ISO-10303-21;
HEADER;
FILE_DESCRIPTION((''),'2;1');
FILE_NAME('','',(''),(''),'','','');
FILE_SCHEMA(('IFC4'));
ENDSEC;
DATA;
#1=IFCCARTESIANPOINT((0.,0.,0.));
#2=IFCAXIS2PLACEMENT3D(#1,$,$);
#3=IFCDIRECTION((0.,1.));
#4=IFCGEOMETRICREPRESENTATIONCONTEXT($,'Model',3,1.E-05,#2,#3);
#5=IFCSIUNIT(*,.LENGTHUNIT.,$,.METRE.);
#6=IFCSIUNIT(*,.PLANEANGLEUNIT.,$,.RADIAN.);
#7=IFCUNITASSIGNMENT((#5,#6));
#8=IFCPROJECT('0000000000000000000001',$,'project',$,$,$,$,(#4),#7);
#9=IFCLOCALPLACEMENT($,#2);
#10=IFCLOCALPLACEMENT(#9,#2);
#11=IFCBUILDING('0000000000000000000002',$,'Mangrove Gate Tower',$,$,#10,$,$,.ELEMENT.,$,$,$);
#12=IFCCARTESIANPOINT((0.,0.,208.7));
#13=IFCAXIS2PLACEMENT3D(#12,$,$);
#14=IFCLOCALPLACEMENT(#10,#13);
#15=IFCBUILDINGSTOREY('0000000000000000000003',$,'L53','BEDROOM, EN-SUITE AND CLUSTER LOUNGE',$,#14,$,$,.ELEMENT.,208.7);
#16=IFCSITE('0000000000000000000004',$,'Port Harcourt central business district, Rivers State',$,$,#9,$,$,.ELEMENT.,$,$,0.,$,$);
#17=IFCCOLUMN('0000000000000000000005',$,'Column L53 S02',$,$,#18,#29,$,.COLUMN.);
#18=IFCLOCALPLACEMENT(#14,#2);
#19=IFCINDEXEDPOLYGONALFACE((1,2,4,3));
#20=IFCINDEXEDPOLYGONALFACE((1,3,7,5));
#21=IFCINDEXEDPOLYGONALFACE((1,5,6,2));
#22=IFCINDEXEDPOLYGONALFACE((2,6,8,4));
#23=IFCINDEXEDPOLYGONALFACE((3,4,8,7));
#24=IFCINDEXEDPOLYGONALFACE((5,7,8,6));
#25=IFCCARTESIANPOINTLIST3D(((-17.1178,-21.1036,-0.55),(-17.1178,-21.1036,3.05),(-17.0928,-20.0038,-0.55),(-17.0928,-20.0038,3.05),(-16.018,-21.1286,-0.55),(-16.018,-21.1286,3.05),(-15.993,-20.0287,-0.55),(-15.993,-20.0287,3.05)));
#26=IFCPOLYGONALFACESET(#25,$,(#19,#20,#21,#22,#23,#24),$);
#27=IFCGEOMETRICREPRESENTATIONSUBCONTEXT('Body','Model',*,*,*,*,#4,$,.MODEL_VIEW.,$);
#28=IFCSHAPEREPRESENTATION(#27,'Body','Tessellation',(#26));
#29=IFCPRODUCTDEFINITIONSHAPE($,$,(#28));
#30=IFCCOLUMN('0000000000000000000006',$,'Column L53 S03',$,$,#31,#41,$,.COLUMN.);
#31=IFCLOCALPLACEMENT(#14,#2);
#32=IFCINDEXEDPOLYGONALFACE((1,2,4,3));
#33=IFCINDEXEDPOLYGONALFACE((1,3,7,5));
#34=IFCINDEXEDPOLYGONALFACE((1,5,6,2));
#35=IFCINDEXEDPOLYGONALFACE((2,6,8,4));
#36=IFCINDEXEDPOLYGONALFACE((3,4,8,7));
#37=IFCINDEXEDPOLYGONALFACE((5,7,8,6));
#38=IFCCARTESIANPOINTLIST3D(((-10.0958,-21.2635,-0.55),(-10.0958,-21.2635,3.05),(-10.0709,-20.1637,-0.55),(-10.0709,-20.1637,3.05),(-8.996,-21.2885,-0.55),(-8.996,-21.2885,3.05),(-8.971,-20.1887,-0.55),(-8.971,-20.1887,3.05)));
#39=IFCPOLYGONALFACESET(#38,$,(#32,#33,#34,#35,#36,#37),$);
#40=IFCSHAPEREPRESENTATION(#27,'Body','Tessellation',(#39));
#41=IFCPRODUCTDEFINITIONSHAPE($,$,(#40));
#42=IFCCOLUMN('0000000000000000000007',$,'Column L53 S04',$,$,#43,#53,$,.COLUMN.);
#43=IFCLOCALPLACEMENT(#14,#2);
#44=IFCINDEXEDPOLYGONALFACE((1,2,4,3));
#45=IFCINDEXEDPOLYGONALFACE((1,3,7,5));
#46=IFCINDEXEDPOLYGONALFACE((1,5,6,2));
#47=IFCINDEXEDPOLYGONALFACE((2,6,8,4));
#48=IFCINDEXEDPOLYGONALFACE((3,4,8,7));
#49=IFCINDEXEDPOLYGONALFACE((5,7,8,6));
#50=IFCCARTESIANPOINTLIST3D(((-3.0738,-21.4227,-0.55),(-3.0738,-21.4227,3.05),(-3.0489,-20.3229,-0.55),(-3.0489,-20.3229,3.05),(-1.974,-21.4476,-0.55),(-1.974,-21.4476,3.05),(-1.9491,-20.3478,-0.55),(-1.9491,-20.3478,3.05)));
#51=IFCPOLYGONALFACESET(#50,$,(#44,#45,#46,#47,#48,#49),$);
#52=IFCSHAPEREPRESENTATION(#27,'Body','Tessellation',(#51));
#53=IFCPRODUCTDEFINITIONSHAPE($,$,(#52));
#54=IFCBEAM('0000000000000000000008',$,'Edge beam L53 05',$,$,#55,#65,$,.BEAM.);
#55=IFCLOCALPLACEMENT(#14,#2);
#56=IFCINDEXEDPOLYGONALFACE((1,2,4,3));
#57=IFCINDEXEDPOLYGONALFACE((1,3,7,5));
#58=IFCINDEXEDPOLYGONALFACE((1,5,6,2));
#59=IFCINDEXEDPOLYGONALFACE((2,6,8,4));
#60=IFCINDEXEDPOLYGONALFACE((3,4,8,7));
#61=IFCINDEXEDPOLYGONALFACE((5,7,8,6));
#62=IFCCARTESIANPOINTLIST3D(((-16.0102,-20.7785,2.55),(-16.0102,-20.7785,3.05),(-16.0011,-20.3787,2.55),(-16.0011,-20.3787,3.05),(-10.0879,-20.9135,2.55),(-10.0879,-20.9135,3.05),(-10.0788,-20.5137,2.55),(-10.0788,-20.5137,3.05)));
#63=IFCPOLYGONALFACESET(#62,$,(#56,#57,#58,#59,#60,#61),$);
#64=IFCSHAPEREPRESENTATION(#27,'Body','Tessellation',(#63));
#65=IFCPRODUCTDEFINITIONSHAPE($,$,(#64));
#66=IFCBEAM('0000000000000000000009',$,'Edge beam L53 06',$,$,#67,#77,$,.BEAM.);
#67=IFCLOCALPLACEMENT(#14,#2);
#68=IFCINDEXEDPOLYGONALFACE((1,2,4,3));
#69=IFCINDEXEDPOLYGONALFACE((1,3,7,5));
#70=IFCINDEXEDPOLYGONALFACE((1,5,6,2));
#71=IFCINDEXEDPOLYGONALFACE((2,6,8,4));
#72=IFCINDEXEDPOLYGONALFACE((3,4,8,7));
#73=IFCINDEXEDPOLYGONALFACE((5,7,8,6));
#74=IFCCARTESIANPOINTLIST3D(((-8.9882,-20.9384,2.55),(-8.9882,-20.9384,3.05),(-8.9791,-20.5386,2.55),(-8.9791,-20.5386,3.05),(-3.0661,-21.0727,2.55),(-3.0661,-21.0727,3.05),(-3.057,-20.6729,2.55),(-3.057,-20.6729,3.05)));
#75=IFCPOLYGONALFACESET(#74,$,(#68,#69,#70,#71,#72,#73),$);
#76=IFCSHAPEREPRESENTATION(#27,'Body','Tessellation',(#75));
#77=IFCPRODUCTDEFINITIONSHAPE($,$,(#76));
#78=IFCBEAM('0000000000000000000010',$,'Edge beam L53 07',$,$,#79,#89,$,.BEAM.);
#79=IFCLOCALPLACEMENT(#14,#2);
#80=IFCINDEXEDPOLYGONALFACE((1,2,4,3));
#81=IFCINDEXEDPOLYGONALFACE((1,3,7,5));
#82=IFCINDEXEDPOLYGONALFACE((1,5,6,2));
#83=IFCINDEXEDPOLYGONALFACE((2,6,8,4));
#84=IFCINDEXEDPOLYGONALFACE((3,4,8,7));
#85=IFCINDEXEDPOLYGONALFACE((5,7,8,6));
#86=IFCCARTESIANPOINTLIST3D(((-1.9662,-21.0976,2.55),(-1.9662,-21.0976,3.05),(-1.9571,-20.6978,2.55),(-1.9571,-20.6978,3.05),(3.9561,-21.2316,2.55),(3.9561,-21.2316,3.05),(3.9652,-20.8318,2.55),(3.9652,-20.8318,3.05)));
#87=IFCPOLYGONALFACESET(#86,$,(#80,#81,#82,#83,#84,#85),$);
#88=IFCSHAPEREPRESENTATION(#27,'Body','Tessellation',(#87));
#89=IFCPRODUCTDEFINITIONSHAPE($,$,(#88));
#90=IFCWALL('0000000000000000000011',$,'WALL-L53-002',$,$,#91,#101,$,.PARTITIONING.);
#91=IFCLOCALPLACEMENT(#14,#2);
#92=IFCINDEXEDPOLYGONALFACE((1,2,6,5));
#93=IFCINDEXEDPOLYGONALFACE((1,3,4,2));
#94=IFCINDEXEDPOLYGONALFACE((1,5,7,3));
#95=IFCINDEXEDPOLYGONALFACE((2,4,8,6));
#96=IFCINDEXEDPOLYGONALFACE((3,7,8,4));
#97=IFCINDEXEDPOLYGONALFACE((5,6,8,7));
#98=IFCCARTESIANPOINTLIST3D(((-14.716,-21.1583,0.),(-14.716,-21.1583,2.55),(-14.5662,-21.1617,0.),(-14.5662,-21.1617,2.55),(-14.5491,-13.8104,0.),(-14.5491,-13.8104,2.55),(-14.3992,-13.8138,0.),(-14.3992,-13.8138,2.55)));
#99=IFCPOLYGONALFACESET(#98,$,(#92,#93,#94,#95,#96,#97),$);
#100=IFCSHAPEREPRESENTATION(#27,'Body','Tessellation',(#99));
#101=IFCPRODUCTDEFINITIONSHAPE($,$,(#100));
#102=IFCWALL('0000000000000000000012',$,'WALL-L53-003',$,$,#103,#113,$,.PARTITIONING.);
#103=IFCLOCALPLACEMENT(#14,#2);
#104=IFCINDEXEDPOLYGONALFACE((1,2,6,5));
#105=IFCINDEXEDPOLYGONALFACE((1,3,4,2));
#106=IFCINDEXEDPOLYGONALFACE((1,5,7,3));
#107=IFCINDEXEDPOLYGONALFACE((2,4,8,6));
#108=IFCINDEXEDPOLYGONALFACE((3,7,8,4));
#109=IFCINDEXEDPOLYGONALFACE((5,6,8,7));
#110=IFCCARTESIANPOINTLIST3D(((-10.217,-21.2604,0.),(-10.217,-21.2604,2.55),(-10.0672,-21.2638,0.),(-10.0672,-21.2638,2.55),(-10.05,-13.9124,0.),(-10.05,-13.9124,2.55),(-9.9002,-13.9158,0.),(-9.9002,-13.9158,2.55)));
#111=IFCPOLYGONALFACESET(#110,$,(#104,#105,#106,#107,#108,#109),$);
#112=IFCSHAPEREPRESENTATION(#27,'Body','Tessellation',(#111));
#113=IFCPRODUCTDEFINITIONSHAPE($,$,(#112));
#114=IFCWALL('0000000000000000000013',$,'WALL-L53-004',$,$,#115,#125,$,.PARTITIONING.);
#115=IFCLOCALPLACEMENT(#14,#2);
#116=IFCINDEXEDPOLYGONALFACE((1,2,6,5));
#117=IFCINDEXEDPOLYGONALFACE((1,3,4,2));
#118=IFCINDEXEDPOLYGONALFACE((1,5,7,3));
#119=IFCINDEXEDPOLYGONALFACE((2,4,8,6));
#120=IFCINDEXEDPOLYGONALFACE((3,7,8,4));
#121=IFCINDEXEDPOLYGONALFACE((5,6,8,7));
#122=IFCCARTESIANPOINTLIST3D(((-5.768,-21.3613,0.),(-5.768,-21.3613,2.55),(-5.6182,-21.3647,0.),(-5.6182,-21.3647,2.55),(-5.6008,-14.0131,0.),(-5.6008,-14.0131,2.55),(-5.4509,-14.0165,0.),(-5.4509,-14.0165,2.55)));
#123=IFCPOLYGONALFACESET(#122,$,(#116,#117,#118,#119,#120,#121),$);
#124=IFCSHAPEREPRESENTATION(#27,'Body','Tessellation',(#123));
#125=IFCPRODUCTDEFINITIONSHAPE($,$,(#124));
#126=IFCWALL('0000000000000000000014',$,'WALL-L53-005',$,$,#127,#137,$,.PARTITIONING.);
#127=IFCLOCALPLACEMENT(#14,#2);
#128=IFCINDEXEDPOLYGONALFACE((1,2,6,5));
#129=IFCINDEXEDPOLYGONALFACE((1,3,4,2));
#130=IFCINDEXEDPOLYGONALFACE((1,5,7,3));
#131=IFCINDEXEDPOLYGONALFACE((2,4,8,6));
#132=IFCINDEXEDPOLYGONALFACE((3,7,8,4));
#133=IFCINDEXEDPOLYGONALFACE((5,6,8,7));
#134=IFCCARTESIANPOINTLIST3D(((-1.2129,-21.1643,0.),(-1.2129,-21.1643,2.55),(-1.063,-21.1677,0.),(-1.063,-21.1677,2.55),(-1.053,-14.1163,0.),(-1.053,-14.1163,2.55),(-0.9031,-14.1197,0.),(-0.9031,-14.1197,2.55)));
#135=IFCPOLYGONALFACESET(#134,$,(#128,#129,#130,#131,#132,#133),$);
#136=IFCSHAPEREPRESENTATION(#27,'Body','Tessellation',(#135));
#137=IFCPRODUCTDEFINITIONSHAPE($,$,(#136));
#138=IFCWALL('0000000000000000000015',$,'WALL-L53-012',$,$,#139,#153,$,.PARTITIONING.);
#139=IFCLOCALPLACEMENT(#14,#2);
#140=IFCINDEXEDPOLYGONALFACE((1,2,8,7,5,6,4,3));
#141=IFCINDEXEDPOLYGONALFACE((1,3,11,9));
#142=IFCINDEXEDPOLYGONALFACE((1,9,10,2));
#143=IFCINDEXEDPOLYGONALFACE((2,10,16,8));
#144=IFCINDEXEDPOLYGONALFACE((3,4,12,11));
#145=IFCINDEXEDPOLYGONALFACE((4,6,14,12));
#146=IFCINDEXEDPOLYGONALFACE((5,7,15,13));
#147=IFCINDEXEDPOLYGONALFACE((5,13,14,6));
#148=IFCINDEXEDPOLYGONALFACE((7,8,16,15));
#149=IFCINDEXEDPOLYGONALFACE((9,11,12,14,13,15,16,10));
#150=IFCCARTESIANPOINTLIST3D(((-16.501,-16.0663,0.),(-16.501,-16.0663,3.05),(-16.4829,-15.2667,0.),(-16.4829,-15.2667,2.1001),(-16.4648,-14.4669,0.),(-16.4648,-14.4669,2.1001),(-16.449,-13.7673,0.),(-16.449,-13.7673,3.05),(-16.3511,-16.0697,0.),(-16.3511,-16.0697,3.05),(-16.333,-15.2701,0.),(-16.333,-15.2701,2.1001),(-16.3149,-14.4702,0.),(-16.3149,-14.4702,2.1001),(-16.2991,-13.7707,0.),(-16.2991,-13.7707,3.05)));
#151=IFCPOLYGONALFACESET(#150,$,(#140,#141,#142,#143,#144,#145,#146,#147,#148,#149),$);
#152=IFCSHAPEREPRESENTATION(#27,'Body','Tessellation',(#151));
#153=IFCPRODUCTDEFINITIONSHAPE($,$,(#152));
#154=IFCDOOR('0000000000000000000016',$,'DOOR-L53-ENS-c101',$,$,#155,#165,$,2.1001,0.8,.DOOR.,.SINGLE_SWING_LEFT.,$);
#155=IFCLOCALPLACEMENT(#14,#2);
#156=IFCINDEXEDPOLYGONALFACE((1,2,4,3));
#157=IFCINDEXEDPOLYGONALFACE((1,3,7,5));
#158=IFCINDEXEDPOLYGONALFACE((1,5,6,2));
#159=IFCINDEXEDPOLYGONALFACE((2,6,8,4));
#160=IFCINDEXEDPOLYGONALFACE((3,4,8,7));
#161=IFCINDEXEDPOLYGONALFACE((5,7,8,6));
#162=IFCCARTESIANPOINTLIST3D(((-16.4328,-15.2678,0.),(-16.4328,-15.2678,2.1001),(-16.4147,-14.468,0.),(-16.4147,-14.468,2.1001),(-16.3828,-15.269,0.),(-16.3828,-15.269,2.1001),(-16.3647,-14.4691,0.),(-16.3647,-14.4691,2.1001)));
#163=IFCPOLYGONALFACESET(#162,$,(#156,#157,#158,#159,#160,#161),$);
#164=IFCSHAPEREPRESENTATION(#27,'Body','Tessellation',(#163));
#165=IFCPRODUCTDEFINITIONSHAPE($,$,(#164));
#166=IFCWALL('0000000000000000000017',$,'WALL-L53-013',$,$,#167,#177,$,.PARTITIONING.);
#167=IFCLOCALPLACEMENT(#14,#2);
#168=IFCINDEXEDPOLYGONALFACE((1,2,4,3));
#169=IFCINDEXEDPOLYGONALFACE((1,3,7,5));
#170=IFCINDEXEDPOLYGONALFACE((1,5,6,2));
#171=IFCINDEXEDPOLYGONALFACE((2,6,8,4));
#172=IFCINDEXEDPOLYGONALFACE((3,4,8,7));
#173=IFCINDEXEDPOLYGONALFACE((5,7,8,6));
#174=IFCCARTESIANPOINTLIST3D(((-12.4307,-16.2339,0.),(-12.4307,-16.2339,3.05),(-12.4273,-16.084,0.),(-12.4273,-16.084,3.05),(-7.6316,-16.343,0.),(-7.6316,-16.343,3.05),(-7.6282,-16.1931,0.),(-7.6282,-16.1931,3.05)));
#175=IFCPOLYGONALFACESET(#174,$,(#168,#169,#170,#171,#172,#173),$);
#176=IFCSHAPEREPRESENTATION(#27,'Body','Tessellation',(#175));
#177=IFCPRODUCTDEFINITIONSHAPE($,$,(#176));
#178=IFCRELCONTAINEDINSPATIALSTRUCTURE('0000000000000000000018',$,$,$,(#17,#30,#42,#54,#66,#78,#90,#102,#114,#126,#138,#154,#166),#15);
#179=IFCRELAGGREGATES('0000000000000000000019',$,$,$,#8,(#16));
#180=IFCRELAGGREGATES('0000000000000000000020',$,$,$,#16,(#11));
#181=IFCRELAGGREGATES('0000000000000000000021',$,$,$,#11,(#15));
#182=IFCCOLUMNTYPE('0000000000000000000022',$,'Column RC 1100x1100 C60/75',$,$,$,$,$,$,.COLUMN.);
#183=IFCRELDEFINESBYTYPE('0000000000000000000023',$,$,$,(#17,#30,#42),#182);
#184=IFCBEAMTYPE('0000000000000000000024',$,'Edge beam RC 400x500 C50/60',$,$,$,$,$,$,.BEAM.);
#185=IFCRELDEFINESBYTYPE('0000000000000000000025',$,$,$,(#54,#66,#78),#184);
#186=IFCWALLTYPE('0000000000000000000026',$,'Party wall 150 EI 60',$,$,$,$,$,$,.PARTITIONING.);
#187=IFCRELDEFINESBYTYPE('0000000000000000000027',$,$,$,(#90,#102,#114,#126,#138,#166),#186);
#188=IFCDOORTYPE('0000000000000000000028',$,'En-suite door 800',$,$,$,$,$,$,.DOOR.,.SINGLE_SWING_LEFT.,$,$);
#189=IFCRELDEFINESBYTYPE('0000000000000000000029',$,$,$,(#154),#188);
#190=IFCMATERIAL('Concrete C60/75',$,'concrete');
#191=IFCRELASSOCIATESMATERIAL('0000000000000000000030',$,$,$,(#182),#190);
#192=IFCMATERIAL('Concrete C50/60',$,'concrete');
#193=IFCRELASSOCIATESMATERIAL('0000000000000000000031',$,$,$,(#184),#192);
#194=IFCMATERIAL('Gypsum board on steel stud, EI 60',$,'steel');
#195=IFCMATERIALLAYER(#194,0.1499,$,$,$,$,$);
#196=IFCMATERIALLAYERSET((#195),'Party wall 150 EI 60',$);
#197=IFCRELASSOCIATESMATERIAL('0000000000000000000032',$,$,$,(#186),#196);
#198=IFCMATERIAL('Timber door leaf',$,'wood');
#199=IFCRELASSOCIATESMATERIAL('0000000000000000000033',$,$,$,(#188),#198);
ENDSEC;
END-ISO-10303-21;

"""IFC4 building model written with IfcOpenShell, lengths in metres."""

from ifc_helpers import new_model, si_unit, direction, frame, frame_2d, origin, origin_2d, place, context, subcontext, project, spatial, rectangle, extrude, material, layer, layer_set, material_profile, profile_set, type_object, element, fill, save


model = new_model("IFC4")

# Units and contexts
model_context = context("Model", 3, precision=1e-05, world=origin(), true_north=direction((0.0, 1.0)))
body_context = subcontext(model_context, "Body", "Model", "MODEL_VIEW")
ifc_project = project(units=[si_unit("LENGTHUNIT", "METRE"), si_unit("PLANEANGLEUNIT", "RADIAN")], contexts=[model_context])

# Site, building, storey
site_placement = place(None, origin())
site = spatial("IfcSite", under=ifc_project, at=site_placement, Name="Port Harcourt central business district, Rivers State", CompositionType="ELEMENT", RefElevation=0.0)
building_placement = place(site_placement, origin())
building = spatial("IfcBuilding", under=site, at=building_placement, Name="Mangrove Gate Tower", CompositionType="ELEMENT")
storey_placement = place(building_placement, frame((0.0, 0.0, 208.7)))
storey = spatial("IfcBuildingStorey", under=building, at=storey_placement, Name="L53", Description="BEDROOM, EN-SUITE AND CLUSTER LOUNGE", CompositionType="ELEMENT", Elevation=208.7)

# Columns
ifc_material_1 = material(Name="Concrete C60/75", Category="concrete")
ifc_material_profile_1 = material_profile(ifc_material_1, rectangle(XDim=1.1001, YDim=1.1001, at=origin_2d()))
ifc_profile_set_1 = profile_set([ifc_material_profile_1], Name="Concrete C60/75")
column_type = type_object("IfcColumnType", Name="Column RC 1100x1100 C60/75", PredefinedType="COLUMN", material=ifc_profile_set_1)
for number, where, z_axis, x_axis, name in (
    (1, (-16.5554, -20.5662, -0.55), (0.0, 0.0, 1.0), (0.999742, -0.022707, 0.0), "Column L53 S02"),
    (2, (-9.5334, -20.7261, -0.55), (0.0, 0.0, 1.0), (0.999742, -0.022708, 0.0), "Column L53 S03"),
    (3, (-2.5115, -20.8853, -0.55), (0.0, 0.0, 1.0), (0.999744, -0.022637, 0.0), "Column L53 S04"),
):
    element("IfcColumn", number, at=place(storey_placement, frame(where, z_axis=z_axis, x_axis=x_axis)), inside=storey, type_object=column_type, Name=name, PredefinedType="COLUMN", context=body_context, shape_type="SweptSolid", body=[
        extrude(rectangle(XDim=1.1001, YDim=1.1001, at=origin_2d()), origin(), (0.0, 0.0, 1.0), 3.6001),
    ])

# Beams
ifc_material_2 = material(Name="Concrete C50/60", Category="concrete")
ifc_material_profile_2 = material_profile(ifc_material_2, rectangle(XDim=0.3999, YDim=0.5, at=origin_2d()))
ifc_profile_set_2 = profile_set([ifc_material_profile_2], Name="Concrete C50/60")
beam_type = type_object("IfcBeamType", Name="Edge beam RC 400x500 C50/60", PredefinedType="BEAM", material=ifc_profile_set_2)
beam_1_placement = place(storey_placement, frame((-16.0056, -20.5786, 2.8), z_axis=(0.99974, -0.022791, 0.0), x_axis=(0.022791, 0.99974, 0.0)))
element("IfcBeam", 4, at=beam_1_placement, inside=storey, type_object=beam_type, Name="Edge beam L53 05", PredefinedType="BEAM", context=body_context, shape_type="SweptSolid", body=[
    extrude(rectangle(XDim=0.3999, YDim=0.5, at=origin_2d()), origin(), (0.0, 0.0, 1.0), 5.9238),
])
beam_2_placement = place(storey_placement, frame((-8.9836, -20.7385, 2.8), z_axis=(0.999743, -0.022668, 0.0), x_axis=(0.022668, 0.999743, 0.0)))
element("IfcBeam", 5, at=beam_2_placement, inside=storey, type_object=beam_type, Name="Edge beam L53 06", PredefinedType="BEAM", context=body_context, shape_type="SweptSolid", body=[
    extrude(rectangle(XDim=0.3999, YDim=0.5, at=origin_2d()), origin(), (0.0, 0.0, 1.0), 5.9236),
])
beam_3_placement = place(storey_placement, frame((-1.9617, -20.8977, 2.8), z_axis=(0.999744, -0.022626, 0.0), x_axis=(0.022626, 0.999744, 0.0)))
element("IfcBeam", 6, at=beam_3_placement, inside=storey, type_object=beam_type, Name="Edge beam L53 07", PredefinedType="BEAM", context=body_context, shape_type="SweptSolid", body=[
    extrude(rectangle(XDim=0.3999, YDim=0.5, at=origin_2d()), origin(), (0.0, 0.0, 1.0), 5.9238),
])

# Walls
ifc_material_3 = material(Name="Gypsum board on steel stud, EI 60", Category="steel")
ifc_layer = layer(ifc_material_3, 0.1499)
ifc_layer_set = layer_set([ifc_layer], Name="Party wall 150 EI 60")
wall_type = type_object("IfcWallType", Name="Party wall 150 EI 60", PredefinedType="PARTITIONING", material=ifc_layer_set)
for number, where, z_axis, x_axis, name in (
    (7, (-14.6411, -21.1599, 0.0), (0.0, 0.0, 1.0), (0.022721, 0.999742, 0.0), "WALL-L53-002"),
    (8, (-10.1421, -21.262, 0.0), (0.0, 0.0, 1.0), (0.022721, 0.999742, 0.0), "WALL-L53-003"),
):
    element("IfcWall", number, at=place(storey_placement, frame(where, z_axis=z_axis, x_axis=x_axis)), inside=storey, type_object=wall_type, Name=name, PredefinedType="PARTITIONING", context=body_context, shape_type="SweptSolid", body=[
        extrude(rectangle(XDim=7.3499, YDim=0.1499, at=frame_2d((3.6748, 0.0))), origin(), (0.0, 0.0, 1.0), 2.55),
    ])
wall_1_placement = place(storey_placement, frame((-5.6931, -21.363, 0.0), z_axis=(0.0, 0.0, 1.0), x_axis=(0.022753, 0.999741, 0.0)))
element("IfcWall", 9, at=wall_1_placement, inside=storey, type_object=wall_type, Name="WALL-L53-004", PredefinedType="PARTITIONING", context=body_context, shape_type="SweptSolid", body=[
    extrude(rectangle(XDim=7.3501, YDim=0.1499, at=frame_2d((3.675, 0.0))), origin(), (0.0, 0.0, 1.0), 2.55),
])
wall_2_placement = place(storey_placement, frame((-1.1379, -21.166, 0.0), z_axis=(0.0, 0.0, 1.0), x_axis=(0.022683, 0.999743, 0.0)))
element("IfcWall", 10, at=wall_2_placement, inside=storey, type_object=wall_type, Name="WALL-L53-005", PredefinedType="PARTITIONING", context=body_context, shape_type="SweptSolid", body=[
    extrude(rectangle(XDim=7.0498, YDim=0.1499, at=frame_2d((3.5249, 0.0))), origin(), (0.0, 0.0, 1.0), 2.55),
])

# Wall, opening, door
wall_3_placement = place(storey_placement, frame((-16.426, -16.0681, 0.0), z_axis=(0.0, 0.0, 1.0), x_axis=(0.022613, 0.999744, 0.0)))
wall_3 = element("IfcWall", 11, at=wall_3_placement, inside=storey, type_object=wall_type, Name="WALL-L53-012", PredefinedType="PARTITIONING", context=body_context, shape_type="SweptSolid", body=[
    extrude(rectangle(XDim=2.2996, YDim=0.1499, at=frame_2d((1.1499, 0.0))), origin(), (0.0, 0.0, 1.0), 3.05),
])
opening_1_placement = place(wall_3_placement, frame((0.8, 0.0, 0.0)))
opening_1 = element("IfcOpeningElement", 12, at=opening_1_placement, cuts=wall_3, PredefinedType="OPENING", context=body_context, shape_type="SweptSolid", body=[
    extrude(rectangle(XDim=0.8, YDim=2.1001, at=frame_2d((0.3999, 1.05))), frame((0.0, 0.085, 0.0), z_axis=(0.0, -1.0, 0.0), x_axis=(1.0, 0.0, 0.0)), (0.0, 0.0, 1.0), 0.1699),
])
ifc_material_4 = material(Name="Timber door leaf", Category="wood")
door_type = type_object("IfcDoorType", Name="En-suite door 800", OperationType="SINGLE_SWING_LEFT", PredefinedType="DOOR", material=ifc_material_4)
door_1_placement = place(opening_1_placement, origin())
door_1 = element("IfcDoor", 13, at=door_1_placement, inside=storey, type_object=door_type, Name="DOOR-L53-ENS-c101", OperationType="SINGLE_SWING_LEFT", OverallHeight=2.1001, OverallWidth=0.8, PredefinedType="DOOR", context=body_context, shape_type="SweptSolid", body=[
    extrude(rectangle(XDim=0.8, YDim=2.1001, at=frame_2d((0.3999, 1.05))), frame((0.0, 0.0249, 0.0), z_axis=(0.0, -1.0, 0.0), x_axis=(1.0, 0.0, 0.0)), (0.0, 0.0, 1.0), 0.05),
])
fill(opening_1, door_1)

# Wall
wall_4_placement = place(storey_placement, frame((-12.429, -16.1589, 0.0), z_axis=(0.0, 0.0, 1.0), x_axis=(0.999742, -0.022734, 0.0)))
element("IfcWall", 14, at=wall_4_placement, inside=storey, type_object=wall_type, Name="WALL-L53-013", PredefinedType="PARTITIONING", context=body_context, shape_type="SweptSolid", body=[
    extrude(rectangle(XDim=4.8003, YDim=0.1499, at=frame_2d((2.4001, 0.0))), origin(), (0.0, 0.0, 1.0), 3.05),
])

save(model, "model.ifc")
